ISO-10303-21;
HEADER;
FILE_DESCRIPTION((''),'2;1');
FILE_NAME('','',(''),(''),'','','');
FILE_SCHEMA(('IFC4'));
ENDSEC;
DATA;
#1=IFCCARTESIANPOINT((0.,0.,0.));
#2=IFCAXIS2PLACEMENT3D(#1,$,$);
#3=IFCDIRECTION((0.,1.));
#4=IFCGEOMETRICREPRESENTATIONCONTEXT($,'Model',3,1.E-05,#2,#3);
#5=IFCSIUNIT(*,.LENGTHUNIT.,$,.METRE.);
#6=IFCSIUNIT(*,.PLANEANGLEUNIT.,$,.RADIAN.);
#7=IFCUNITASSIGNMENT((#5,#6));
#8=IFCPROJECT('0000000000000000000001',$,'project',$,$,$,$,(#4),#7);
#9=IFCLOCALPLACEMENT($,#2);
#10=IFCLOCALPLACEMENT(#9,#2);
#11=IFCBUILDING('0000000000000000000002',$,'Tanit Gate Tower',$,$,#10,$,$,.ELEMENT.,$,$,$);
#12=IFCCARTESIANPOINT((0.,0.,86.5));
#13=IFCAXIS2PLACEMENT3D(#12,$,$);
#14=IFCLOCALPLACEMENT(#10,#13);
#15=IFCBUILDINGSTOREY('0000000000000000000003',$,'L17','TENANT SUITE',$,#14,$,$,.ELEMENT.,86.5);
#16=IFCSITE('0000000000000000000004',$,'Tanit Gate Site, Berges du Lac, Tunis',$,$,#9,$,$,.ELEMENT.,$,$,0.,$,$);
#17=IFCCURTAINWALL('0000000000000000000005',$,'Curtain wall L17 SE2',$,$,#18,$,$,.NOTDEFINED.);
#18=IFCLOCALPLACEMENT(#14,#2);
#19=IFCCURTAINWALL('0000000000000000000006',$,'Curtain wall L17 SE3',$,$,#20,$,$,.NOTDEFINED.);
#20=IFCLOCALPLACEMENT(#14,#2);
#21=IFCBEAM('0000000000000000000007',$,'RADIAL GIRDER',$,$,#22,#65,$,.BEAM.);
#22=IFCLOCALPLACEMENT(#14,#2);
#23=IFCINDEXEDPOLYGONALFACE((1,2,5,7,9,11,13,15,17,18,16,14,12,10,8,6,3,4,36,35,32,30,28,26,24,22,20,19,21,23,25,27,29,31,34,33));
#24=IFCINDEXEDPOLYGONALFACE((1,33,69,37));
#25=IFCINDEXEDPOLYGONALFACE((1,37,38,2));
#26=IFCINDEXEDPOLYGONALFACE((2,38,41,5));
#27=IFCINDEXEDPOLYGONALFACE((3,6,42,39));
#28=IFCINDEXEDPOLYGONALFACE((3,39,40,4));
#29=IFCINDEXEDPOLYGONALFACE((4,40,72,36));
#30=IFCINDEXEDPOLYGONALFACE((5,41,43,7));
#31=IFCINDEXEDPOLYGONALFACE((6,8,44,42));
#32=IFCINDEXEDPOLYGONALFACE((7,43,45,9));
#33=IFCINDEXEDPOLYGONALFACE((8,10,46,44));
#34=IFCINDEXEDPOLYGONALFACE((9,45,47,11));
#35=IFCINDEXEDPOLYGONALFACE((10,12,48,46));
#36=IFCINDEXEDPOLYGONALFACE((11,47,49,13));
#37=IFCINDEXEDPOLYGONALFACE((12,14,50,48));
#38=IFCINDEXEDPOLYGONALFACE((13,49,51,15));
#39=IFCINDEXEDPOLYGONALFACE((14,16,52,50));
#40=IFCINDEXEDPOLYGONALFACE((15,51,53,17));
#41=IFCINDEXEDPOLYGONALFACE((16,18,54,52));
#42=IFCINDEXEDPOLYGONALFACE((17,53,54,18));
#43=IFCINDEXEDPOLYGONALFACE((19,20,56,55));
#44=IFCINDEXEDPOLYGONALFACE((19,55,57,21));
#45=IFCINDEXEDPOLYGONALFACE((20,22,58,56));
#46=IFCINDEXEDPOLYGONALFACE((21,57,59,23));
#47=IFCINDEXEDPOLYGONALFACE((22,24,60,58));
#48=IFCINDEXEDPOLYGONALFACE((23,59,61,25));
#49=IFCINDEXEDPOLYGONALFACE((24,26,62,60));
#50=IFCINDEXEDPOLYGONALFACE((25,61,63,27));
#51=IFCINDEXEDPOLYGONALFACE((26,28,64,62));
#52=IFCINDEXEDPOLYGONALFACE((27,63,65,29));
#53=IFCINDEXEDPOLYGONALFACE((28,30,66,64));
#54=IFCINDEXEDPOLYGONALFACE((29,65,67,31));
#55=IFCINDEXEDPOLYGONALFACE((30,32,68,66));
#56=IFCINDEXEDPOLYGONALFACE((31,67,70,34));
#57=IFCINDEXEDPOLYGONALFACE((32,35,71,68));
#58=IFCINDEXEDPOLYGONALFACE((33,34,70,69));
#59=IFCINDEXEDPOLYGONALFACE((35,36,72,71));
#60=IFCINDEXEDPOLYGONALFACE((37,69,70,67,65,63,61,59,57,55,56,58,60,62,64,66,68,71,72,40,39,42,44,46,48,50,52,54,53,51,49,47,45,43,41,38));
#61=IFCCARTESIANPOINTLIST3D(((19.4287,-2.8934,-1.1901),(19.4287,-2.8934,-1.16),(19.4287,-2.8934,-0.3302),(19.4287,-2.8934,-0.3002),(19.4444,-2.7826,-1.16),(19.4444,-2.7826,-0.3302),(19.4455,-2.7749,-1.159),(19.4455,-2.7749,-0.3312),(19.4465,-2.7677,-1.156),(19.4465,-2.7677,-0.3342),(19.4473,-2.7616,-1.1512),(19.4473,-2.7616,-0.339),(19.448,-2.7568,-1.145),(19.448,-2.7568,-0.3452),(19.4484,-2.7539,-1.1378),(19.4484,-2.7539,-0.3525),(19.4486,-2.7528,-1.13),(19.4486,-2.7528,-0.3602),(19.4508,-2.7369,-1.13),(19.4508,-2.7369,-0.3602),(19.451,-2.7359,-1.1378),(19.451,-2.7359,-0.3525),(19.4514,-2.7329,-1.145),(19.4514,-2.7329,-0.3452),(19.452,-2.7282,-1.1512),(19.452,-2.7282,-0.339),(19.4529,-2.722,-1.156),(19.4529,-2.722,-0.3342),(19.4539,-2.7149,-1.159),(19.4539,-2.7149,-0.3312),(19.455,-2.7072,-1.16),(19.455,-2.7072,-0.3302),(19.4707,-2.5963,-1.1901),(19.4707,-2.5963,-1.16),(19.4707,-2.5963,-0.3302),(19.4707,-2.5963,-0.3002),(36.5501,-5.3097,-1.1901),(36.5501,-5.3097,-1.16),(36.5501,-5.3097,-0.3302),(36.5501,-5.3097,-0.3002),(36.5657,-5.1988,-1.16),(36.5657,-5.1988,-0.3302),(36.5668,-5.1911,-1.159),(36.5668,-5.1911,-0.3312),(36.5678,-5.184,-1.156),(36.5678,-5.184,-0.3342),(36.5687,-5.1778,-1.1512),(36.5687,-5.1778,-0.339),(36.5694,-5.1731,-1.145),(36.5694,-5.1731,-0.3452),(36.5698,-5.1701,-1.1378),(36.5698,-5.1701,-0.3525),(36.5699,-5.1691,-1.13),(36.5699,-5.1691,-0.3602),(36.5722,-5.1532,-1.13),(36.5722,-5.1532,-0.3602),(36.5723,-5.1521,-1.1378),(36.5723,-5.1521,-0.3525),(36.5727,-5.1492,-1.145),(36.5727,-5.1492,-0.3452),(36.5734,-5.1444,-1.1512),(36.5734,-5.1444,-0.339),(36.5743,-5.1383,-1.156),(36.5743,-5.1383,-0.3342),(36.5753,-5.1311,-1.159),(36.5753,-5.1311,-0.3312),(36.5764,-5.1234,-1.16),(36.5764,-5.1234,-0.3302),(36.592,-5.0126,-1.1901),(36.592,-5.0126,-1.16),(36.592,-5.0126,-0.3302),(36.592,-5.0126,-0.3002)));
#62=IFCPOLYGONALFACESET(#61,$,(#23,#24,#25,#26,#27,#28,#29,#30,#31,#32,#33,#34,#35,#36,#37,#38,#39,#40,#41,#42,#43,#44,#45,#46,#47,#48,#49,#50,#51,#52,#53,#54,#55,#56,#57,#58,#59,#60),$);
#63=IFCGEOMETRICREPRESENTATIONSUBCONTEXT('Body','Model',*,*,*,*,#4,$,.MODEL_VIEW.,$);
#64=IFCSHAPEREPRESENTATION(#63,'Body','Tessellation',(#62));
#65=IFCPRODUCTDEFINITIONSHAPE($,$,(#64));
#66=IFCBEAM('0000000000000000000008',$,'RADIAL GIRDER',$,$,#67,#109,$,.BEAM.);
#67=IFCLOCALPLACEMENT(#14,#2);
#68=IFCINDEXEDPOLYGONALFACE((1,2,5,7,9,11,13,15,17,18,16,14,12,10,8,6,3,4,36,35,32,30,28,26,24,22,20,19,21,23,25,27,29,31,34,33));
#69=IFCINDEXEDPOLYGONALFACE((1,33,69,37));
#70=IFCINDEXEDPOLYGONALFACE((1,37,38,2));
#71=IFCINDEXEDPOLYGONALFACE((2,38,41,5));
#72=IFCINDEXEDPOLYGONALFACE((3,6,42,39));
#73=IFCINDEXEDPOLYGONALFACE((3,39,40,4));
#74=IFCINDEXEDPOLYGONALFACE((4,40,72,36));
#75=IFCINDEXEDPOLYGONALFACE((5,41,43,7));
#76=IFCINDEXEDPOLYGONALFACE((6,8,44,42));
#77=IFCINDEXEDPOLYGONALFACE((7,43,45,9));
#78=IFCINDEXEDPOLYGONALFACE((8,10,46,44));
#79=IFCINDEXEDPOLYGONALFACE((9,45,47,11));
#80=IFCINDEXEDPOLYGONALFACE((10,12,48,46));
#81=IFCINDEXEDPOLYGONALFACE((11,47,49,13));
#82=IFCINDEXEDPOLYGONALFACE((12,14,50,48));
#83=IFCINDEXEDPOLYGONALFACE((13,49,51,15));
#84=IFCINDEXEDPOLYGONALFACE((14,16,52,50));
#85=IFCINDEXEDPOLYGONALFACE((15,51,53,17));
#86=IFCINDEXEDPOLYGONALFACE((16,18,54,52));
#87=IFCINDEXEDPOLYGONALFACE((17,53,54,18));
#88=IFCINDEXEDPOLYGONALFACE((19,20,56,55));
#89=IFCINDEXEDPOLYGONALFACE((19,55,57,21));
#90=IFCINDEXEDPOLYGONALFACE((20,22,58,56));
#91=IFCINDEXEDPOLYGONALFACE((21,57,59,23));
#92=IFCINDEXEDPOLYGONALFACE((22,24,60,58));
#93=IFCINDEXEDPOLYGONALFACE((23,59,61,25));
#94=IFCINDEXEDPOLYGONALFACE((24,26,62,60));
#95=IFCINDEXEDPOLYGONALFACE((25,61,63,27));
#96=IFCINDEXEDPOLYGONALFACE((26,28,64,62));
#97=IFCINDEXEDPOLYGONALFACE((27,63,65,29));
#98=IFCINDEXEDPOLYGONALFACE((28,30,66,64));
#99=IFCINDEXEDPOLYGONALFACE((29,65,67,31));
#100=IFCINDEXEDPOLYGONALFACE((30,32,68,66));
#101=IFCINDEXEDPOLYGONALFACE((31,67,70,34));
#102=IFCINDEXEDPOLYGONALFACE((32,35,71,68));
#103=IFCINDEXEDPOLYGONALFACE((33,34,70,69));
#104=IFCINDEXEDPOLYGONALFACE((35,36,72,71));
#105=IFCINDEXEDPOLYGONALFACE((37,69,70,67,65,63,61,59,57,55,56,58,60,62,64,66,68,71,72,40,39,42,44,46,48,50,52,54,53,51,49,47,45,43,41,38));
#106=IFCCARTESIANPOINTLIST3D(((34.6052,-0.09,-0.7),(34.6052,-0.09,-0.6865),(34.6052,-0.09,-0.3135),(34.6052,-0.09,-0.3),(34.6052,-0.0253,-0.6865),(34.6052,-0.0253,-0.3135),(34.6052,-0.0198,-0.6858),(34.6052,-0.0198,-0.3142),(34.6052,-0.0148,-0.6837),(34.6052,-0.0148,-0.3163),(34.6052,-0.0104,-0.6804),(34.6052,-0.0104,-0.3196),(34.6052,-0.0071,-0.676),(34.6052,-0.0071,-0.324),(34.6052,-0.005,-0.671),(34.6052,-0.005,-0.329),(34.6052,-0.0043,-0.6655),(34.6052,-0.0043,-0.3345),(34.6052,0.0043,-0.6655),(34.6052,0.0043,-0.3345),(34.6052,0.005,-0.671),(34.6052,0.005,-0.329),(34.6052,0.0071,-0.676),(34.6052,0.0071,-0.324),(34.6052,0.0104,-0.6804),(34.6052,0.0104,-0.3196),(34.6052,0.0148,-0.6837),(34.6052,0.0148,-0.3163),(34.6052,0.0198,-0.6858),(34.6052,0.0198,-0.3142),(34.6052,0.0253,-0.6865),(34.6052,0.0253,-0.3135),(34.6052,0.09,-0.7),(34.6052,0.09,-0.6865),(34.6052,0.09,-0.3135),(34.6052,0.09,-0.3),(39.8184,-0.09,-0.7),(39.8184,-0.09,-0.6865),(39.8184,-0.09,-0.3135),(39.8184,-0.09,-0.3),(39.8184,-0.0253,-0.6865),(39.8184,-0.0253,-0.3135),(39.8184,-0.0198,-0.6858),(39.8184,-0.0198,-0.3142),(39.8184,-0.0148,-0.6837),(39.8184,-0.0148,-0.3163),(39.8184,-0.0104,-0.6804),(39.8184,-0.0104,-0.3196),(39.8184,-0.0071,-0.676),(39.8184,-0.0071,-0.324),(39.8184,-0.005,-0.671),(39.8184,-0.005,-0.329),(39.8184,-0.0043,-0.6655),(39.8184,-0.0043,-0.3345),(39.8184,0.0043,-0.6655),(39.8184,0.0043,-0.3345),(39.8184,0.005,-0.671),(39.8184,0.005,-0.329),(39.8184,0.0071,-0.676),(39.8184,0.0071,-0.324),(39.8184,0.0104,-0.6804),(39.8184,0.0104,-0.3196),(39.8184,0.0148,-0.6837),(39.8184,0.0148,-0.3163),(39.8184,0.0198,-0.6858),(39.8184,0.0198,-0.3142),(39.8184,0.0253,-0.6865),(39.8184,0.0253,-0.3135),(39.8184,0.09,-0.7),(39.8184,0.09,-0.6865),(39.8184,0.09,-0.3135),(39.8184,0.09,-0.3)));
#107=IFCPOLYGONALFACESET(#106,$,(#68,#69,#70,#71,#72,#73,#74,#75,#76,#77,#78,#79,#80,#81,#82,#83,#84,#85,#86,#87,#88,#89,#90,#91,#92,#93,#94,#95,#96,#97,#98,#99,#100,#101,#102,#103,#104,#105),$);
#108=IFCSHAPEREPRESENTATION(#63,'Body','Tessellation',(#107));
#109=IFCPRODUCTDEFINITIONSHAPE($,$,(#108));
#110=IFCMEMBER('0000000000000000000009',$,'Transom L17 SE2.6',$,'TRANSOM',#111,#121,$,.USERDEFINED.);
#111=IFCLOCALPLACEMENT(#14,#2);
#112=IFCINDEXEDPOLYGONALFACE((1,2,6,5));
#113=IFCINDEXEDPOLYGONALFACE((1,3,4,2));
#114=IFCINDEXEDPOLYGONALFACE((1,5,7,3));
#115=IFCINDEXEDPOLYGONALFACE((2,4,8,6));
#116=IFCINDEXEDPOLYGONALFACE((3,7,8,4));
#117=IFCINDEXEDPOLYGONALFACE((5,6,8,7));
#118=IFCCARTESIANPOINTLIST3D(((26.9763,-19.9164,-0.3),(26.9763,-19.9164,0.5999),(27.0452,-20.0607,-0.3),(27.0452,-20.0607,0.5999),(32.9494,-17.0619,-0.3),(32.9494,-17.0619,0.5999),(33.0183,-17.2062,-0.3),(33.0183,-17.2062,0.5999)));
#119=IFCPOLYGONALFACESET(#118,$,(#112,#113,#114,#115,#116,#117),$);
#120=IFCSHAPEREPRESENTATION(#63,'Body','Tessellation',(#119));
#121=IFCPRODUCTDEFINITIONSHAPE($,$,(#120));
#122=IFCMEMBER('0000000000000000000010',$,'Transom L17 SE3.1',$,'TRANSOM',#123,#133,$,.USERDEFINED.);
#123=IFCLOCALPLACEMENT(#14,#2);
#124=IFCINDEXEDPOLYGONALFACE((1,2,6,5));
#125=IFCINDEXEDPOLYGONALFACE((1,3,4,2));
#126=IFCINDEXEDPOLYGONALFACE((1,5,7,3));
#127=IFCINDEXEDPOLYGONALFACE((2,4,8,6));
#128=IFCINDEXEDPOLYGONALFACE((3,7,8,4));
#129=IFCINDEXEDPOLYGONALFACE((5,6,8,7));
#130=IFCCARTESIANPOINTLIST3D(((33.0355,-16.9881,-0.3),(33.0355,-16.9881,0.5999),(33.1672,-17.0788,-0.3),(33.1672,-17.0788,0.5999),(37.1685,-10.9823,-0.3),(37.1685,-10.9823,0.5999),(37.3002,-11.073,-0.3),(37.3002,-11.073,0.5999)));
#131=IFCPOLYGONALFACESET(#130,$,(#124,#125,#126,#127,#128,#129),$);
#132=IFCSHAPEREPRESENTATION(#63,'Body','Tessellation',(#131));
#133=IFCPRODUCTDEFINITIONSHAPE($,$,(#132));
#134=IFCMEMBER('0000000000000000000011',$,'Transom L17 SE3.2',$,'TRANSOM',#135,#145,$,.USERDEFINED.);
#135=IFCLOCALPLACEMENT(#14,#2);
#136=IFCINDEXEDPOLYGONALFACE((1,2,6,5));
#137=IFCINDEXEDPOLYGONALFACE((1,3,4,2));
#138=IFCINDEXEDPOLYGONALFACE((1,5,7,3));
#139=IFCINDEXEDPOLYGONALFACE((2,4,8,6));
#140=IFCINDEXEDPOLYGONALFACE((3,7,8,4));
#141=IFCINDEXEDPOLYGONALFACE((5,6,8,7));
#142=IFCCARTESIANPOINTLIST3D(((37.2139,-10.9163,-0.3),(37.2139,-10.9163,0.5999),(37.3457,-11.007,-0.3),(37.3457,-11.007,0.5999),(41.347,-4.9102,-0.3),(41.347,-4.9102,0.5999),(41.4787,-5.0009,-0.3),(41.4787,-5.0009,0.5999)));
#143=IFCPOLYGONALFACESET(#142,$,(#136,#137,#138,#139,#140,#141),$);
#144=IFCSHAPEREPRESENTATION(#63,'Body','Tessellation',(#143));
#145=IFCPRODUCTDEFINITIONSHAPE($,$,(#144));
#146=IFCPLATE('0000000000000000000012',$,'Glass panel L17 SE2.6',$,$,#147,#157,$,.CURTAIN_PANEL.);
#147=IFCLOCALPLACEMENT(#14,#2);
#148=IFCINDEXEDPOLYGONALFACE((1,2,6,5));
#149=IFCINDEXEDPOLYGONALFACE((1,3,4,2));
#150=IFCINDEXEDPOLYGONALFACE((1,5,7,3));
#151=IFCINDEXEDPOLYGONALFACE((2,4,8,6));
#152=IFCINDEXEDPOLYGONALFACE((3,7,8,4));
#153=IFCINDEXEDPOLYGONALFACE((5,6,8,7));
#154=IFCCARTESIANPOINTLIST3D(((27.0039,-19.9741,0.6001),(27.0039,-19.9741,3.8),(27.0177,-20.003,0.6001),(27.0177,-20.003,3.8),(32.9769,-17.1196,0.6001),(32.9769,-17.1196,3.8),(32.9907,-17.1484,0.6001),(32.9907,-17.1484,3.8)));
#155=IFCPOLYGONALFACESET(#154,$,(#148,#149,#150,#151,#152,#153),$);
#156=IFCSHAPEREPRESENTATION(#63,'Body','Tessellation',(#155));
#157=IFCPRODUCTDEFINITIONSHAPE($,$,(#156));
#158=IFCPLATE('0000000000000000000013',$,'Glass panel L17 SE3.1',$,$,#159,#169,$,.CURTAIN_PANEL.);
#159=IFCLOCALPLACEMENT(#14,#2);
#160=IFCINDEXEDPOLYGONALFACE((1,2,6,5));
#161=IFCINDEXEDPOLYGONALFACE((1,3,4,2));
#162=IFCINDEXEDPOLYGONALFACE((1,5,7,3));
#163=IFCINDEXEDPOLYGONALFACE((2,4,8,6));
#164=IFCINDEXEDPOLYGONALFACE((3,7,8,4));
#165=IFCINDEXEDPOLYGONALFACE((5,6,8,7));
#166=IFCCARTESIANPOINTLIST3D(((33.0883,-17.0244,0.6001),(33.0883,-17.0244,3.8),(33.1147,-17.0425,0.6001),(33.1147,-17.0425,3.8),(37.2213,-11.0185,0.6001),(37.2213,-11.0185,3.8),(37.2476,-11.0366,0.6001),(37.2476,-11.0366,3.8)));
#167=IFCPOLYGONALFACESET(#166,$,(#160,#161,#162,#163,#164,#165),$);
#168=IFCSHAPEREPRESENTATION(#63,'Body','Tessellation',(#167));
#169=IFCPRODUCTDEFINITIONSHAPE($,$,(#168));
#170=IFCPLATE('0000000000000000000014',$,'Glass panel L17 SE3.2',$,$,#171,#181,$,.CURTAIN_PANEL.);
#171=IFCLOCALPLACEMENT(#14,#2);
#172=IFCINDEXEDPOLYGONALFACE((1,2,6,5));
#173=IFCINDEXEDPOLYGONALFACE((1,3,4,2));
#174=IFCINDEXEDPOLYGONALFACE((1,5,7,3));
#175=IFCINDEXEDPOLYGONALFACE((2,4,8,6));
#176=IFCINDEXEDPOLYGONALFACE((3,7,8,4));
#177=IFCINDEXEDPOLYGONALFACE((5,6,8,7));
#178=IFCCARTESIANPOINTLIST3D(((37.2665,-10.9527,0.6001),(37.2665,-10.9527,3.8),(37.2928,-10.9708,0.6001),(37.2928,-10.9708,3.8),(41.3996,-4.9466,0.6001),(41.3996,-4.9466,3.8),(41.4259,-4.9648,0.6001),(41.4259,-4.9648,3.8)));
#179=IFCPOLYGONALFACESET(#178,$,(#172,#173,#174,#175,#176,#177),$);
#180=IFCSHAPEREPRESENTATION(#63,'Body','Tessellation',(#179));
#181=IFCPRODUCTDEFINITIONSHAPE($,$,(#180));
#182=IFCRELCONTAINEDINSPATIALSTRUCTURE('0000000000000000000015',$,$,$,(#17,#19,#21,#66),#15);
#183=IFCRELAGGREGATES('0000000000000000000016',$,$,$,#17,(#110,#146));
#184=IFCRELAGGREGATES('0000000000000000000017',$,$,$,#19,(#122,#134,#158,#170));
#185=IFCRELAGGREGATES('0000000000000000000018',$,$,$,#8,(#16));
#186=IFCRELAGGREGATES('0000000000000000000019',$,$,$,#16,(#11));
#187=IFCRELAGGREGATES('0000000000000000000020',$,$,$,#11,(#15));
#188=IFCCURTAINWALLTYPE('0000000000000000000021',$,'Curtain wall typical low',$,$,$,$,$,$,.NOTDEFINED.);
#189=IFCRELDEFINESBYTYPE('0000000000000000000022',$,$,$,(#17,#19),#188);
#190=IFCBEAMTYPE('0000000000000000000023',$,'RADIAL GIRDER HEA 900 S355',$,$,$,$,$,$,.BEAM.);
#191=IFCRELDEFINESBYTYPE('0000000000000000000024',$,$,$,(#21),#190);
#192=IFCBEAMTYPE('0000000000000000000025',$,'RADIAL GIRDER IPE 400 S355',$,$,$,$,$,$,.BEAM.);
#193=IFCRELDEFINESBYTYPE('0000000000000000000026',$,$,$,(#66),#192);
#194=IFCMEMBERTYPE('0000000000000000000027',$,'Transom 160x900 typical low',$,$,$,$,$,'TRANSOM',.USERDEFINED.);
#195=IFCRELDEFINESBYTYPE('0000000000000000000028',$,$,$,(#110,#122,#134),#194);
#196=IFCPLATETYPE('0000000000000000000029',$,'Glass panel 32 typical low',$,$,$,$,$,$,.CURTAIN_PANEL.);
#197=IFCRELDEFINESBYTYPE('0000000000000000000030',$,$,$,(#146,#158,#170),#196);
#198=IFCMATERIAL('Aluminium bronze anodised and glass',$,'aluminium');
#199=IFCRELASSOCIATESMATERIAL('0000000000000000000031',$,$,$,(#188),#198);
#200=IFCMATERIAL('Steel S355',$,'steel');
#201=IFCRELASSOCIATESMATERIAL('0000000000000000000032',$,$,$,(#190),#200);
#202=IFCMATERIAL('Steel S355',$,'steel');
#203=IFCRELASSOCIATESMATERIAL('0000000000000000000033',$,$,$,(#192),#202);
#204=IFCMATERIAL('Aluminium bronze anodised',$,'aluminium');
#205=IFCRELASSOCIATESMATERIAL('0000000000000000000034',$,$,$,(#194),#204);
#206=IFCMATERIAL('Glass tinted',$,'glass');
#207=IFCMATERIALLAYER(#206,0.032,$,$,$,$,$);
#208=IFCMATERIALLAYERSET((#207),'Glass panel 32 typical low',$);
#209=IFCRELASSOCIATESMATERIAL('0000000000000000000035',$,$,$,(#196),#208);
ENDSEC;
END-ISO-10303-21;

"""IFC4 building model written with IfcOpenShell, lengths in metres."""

from ifc_helpers import new_model, si_unit, direction, frame, origin, origin_2d, place, context, subcontext, project, spatial, rectangle, i_section, extrude, material, layer, layer_set, material_profile, profile_set, type_object, element, aggregate, save


model = new_model("IFC4")

# Units and contexts
model_context = context("Model", 3, precision=1e-05, world=origin(), true_north=direction((0.0, 1.0)))
body_context = subcontext(model_context, "Body", "Model", "MODEL_VIEW")
ifc_project = project(units=[si_unit("LENGTHUNIT", "METRE"), si_unit("PLANEANGLEUNIT", "RADIAN")], contexts=[model_context])

# Site, building, storey
site_placement = place(None, origin())
site = spatial("IfcSite", under=ifc_project, at=site_placement, Name="Tanit Gate Site, Berges du Lac, Tunis", CompositionType="ELEMENT", RefElevation=0.0)
building_placement = place(site_placement, origin())
building = spatial("IfcBuilding", under=site, at=building_placement, Name="Tanit Gate Tower", CompositionType="ELEMENT")
storey_placement = place(building_placement, frame((0.0, 0.0, 86.5)))
storey = spatial("IfcBuildingStorey", under=building, at=storey_placement, Name="L17", Description="TENANT SUITE", CompositionType="ELEMENT", Elevation=86.5)

# Curtain wall
ifc_material_1 = material(Name="Aluminium bronze anodised and glass", Category="aluminium")
curtain_wall_type = type_object("IfcCurtainWallType", Name="Curtain wall typical low", PredefinedType="NOTDEFINED", material=ifc_material_1)
curtain_wall_1_placement = place(storey_placement, origin())
curtain_wall_1 = element("IfcCurtainWall", 1, at=curtain_wall_1_placement, inside=storey, type_object=curtain_wall_type, Name="Curtain wall L17 SE2", PredefinedType="NOTDEFINED")

# Curtain wall
curtain_wall_2_placement = place(storey_placement, origin())
curtain_wall_2 = element("IfcCurtainWall", 2, at=curtain_wall_2_placement, inside=storey, type_object=curtain_wall_type, Name="Curtain wall L17 SE3", PredefinedType="NOTDEFINED")

# Beams
ifc_material_2 = material(Name="Steel S355", Category="steel")
ifc_material_profile_1 = material_profile(ifc_material_2, i_section(OverallWidth=0.3, OverallDepth=0.8899, WebThickness=0.0161, FlangeThickness=0.03, FilletRadius=0.03, at=origin_2d()), Name="HEA 900")
ifc_profile_set_1 = profile_set([ifc_material_profile_1], Name="Steel S355")
beam_type_1 = type_object("IfcBeamType", Name="RADIAL GIRDER HEA 900 S355", PredefinedType="BEAM", material=ifc_profile_set_1)
beam_1_placement = place(storey_placement, frame((36.571, -5.1611, -0.7451), z_axis=(-0.990188, 0.139741, 0.0), x_axis=(-0.139741, -0.990188, 0.0)))
element("IfcBeam", 3, at=beam_1_placement, inside=storey, type_object=beam_type_1, Name="RADIAL GIRDER", PredefinedType="BEAM", context=body_context, shape_type="SweptSolid", body=[
    extrude(i_section(OverallWidth=0.3, OverallDepth=0.8899, WebThickness=0.0161, FlangeThickness=0.03, FilletRadius=0.03, at=origin_2d()), origin(), (0.0, 0.0, 1.0), 17.291),
])
ifc_material_3 = material(Name="Steel S355", Category="steel")
ifc_material_profile_2 = material_profile(ifc_material_3, i_section(OverallWidth=0.1799, OverallDepth=0.3999, WebThickness=0.0085, FlangeThickness=0.0134, FilletRadius=0.021, at=origin_2d()), Name="IPE 400")
ifc_profile_set_2 = profile_set([ifc_material_profile_2], Name="Steel S355")
beam_type_2 = type_object("IfcBeamType", Name="RADIAL GIRDER IPE 400 S355", PredefinedType="BEAM", material=ifc_profile_set_2)
beam_2_placement = place(storey_placement, frame((39.8184, 0.0, -0.5), z_axis=(-1.0, 0.0, 0.0), x_axis=(0.0, -1.0, 0.0)))
element("IfcBeam", 4, at=beam_2_placement, inside=storey, type_object=beam_type_2, Name="RADIAL GIRDER", PredefinedType="BEAM", context=body_context, shape_type="SweptSolid", body=[
    extrude(i_section(OverallWidth=0.1799, OverallDepth=0.3999, WebThickness=0.0085, FlangeThickness=0.0134, FilletRadius=0.021, at=origin_2d()), origin(), (0.0, 0.0, 1.0), 5.2131),
])

# Members
ifc_material_4 = material(Name="Aluminium bronze anodised", Category="aluminium")
ifc_material_profile_3 = material_profile(ifc_material_4, rectangle(XDim=0.1599, YDim=0.8999, at=origin_2d()), Name="160x900 bronze transom")
ifc_profile_set_3 = profile_set([ifc_material_profile_3], Name="Aluminium bronze anodised")
member_type_1 = type_object("IfcMemberType", Name="Transom 160x900 typical low", ElementType="TRANSOM", PredefinedType="USERDEFINED", material=ifc_profile_set_3)
member_1_placement = place(storey_placement, frame((27.0107, -19.9885, 0.1499), z_axis=(0.902265, 0.431181, 0.0), x_axis=(-0.431181, 0.902265, 0.0)))
member_1 = element("IfcMember", 5, at=member_1_placement, type_object=member_type_1, Name="Transom L17 SE2.6", ObjectType="TRANSOM", PredefinedType="USERDEFINED", context=body_context, shape_type="SweptSolid", body=[
    extrude(rectangle(XDim=0.1599, YDim=0.8999, at=origin_2d()), origin(), (0.0, 0.0, 1.0), 6.6201),
])
member_2_placement = place(storey_placement, frame((33.1013, -17.0334, 0.1499), z_axis=(0.566904, 0.823784, 0.0), x_axis=(-0.823784, 0.566904, 0.0)))
member_2 = element("IfcMember", 6, at=member_2_placement, type_object=member_type_1, Name="Transom L17 SE3.1", ObjectType="TRANSOM", PredefinedType="USERDEFINED", context=body_context, shape_type="SweptSolid", body=[
    extrude(rectangle(XDim=0.1599, YDim=0.8999, at=origin_2d()), origin(), (0.0, 0.0, 1.0), 7.2905),
])
member_3_placement = place(storey_placement, frame((37.2798, -10.9617, 0.1499), z_axis=(0.566888, 0.823795, 0.0), x_axis=(-0.823795, 0.566888, 0.0)))
member_3 = element("IfcMember", 7, at=member_3_placement, type_object=member_type_1, Name="Transom L17 SE3.2", ObjectType="TRANSOM", PredefinedType="USERDEFINED", context=body_context, shape_type="SweptSolid", body=[
    extrude(rectangle(XDim=0.1599, YDim=0.8999, at=origin_2d()), origin(), (0.0, 0.0, 1.0), 7.2908),
])

# Plates
ifc_material_5 = material(Name="Glass tinted", Category="glass")
ifc_layer_1 = layer(ifc_material_5, 0.032)
ifc_layer_set_1 = layer_set([ifc_layer_1], Name="Glass panel 32 typical low")
plate_type = type_object("IfcPlateType", Name="Glass panel 32 typical low", PredefinedType="CURTAIN_PANEL", material=ifc_layer_set_1)
plate_1_placement = place(storey_placement, frame((29.9973, -18.5613, 0.6001), z_axis=(0.0, 0.0, 1.0), x_axis=(0.902258, 0.431197, 0.0)))
plate_1 = element("IfcPlate", 8, at=plate_1_placement, type_object=plate_type, Name="Glass panel L17 SE2.6", PredefinedType="CURTAIN_PANEL", context=body_context, shape_type="SweptSolid", body=[
    extrude(rectangle(XDim=6.6201, YDim=0.032, at=origin_2d()), origin(), (0.0, 0.0, 1.0), 3.2),
])
aggregate(curtain_wall_1, [member_1, plate_1])
plate_2_placement = place(storey_placement, frame((35.168, -14.0305, 0.6001), z_axis=(0.0, 0.0, 1.0), x_axis=(0.56689, 0.823793, 0.0)))
plate_2 = element("IfcPlate", 9, at=plate_2_placement, type_object=plate_type, Name="Glass panel L17 SE3.1", PredefinedType="CURTAIN_PANEL", context=body_context, shape_type="SweptSolid", body=[
    extrude(rectangle(XDim=7.2905, YDim=0.032, at=origin_2d()), origin(), (0.0, 0.0, 1.0), 3.2),
])
plate_3_placement = place(storey_placement, frame((39.3462, -7.9587, 0.6001), z_axis=(0.0, 0.0, 1.0), x_axis=(0.56689, 0.823793, 0.0)))
plate_3 = element("IfcPlate", 10, at=plate_3_placement, type_object=plate_type, Name="Glass panel L17 SE3.2", PredefinedType="CURTAIN_PANEL", context=body_context, shape_type="SweptSolid", body=[
    extrude(rectangle(XDim=7.2908, YDim=0.032, at=origin_2d()), origin(), (0.0, 0.0, 1.0), 3.2),
])
aggregate(curtain_wall_2, [member_2, member_3, plate_2, plate_3])

save(model, "model.ifc")
